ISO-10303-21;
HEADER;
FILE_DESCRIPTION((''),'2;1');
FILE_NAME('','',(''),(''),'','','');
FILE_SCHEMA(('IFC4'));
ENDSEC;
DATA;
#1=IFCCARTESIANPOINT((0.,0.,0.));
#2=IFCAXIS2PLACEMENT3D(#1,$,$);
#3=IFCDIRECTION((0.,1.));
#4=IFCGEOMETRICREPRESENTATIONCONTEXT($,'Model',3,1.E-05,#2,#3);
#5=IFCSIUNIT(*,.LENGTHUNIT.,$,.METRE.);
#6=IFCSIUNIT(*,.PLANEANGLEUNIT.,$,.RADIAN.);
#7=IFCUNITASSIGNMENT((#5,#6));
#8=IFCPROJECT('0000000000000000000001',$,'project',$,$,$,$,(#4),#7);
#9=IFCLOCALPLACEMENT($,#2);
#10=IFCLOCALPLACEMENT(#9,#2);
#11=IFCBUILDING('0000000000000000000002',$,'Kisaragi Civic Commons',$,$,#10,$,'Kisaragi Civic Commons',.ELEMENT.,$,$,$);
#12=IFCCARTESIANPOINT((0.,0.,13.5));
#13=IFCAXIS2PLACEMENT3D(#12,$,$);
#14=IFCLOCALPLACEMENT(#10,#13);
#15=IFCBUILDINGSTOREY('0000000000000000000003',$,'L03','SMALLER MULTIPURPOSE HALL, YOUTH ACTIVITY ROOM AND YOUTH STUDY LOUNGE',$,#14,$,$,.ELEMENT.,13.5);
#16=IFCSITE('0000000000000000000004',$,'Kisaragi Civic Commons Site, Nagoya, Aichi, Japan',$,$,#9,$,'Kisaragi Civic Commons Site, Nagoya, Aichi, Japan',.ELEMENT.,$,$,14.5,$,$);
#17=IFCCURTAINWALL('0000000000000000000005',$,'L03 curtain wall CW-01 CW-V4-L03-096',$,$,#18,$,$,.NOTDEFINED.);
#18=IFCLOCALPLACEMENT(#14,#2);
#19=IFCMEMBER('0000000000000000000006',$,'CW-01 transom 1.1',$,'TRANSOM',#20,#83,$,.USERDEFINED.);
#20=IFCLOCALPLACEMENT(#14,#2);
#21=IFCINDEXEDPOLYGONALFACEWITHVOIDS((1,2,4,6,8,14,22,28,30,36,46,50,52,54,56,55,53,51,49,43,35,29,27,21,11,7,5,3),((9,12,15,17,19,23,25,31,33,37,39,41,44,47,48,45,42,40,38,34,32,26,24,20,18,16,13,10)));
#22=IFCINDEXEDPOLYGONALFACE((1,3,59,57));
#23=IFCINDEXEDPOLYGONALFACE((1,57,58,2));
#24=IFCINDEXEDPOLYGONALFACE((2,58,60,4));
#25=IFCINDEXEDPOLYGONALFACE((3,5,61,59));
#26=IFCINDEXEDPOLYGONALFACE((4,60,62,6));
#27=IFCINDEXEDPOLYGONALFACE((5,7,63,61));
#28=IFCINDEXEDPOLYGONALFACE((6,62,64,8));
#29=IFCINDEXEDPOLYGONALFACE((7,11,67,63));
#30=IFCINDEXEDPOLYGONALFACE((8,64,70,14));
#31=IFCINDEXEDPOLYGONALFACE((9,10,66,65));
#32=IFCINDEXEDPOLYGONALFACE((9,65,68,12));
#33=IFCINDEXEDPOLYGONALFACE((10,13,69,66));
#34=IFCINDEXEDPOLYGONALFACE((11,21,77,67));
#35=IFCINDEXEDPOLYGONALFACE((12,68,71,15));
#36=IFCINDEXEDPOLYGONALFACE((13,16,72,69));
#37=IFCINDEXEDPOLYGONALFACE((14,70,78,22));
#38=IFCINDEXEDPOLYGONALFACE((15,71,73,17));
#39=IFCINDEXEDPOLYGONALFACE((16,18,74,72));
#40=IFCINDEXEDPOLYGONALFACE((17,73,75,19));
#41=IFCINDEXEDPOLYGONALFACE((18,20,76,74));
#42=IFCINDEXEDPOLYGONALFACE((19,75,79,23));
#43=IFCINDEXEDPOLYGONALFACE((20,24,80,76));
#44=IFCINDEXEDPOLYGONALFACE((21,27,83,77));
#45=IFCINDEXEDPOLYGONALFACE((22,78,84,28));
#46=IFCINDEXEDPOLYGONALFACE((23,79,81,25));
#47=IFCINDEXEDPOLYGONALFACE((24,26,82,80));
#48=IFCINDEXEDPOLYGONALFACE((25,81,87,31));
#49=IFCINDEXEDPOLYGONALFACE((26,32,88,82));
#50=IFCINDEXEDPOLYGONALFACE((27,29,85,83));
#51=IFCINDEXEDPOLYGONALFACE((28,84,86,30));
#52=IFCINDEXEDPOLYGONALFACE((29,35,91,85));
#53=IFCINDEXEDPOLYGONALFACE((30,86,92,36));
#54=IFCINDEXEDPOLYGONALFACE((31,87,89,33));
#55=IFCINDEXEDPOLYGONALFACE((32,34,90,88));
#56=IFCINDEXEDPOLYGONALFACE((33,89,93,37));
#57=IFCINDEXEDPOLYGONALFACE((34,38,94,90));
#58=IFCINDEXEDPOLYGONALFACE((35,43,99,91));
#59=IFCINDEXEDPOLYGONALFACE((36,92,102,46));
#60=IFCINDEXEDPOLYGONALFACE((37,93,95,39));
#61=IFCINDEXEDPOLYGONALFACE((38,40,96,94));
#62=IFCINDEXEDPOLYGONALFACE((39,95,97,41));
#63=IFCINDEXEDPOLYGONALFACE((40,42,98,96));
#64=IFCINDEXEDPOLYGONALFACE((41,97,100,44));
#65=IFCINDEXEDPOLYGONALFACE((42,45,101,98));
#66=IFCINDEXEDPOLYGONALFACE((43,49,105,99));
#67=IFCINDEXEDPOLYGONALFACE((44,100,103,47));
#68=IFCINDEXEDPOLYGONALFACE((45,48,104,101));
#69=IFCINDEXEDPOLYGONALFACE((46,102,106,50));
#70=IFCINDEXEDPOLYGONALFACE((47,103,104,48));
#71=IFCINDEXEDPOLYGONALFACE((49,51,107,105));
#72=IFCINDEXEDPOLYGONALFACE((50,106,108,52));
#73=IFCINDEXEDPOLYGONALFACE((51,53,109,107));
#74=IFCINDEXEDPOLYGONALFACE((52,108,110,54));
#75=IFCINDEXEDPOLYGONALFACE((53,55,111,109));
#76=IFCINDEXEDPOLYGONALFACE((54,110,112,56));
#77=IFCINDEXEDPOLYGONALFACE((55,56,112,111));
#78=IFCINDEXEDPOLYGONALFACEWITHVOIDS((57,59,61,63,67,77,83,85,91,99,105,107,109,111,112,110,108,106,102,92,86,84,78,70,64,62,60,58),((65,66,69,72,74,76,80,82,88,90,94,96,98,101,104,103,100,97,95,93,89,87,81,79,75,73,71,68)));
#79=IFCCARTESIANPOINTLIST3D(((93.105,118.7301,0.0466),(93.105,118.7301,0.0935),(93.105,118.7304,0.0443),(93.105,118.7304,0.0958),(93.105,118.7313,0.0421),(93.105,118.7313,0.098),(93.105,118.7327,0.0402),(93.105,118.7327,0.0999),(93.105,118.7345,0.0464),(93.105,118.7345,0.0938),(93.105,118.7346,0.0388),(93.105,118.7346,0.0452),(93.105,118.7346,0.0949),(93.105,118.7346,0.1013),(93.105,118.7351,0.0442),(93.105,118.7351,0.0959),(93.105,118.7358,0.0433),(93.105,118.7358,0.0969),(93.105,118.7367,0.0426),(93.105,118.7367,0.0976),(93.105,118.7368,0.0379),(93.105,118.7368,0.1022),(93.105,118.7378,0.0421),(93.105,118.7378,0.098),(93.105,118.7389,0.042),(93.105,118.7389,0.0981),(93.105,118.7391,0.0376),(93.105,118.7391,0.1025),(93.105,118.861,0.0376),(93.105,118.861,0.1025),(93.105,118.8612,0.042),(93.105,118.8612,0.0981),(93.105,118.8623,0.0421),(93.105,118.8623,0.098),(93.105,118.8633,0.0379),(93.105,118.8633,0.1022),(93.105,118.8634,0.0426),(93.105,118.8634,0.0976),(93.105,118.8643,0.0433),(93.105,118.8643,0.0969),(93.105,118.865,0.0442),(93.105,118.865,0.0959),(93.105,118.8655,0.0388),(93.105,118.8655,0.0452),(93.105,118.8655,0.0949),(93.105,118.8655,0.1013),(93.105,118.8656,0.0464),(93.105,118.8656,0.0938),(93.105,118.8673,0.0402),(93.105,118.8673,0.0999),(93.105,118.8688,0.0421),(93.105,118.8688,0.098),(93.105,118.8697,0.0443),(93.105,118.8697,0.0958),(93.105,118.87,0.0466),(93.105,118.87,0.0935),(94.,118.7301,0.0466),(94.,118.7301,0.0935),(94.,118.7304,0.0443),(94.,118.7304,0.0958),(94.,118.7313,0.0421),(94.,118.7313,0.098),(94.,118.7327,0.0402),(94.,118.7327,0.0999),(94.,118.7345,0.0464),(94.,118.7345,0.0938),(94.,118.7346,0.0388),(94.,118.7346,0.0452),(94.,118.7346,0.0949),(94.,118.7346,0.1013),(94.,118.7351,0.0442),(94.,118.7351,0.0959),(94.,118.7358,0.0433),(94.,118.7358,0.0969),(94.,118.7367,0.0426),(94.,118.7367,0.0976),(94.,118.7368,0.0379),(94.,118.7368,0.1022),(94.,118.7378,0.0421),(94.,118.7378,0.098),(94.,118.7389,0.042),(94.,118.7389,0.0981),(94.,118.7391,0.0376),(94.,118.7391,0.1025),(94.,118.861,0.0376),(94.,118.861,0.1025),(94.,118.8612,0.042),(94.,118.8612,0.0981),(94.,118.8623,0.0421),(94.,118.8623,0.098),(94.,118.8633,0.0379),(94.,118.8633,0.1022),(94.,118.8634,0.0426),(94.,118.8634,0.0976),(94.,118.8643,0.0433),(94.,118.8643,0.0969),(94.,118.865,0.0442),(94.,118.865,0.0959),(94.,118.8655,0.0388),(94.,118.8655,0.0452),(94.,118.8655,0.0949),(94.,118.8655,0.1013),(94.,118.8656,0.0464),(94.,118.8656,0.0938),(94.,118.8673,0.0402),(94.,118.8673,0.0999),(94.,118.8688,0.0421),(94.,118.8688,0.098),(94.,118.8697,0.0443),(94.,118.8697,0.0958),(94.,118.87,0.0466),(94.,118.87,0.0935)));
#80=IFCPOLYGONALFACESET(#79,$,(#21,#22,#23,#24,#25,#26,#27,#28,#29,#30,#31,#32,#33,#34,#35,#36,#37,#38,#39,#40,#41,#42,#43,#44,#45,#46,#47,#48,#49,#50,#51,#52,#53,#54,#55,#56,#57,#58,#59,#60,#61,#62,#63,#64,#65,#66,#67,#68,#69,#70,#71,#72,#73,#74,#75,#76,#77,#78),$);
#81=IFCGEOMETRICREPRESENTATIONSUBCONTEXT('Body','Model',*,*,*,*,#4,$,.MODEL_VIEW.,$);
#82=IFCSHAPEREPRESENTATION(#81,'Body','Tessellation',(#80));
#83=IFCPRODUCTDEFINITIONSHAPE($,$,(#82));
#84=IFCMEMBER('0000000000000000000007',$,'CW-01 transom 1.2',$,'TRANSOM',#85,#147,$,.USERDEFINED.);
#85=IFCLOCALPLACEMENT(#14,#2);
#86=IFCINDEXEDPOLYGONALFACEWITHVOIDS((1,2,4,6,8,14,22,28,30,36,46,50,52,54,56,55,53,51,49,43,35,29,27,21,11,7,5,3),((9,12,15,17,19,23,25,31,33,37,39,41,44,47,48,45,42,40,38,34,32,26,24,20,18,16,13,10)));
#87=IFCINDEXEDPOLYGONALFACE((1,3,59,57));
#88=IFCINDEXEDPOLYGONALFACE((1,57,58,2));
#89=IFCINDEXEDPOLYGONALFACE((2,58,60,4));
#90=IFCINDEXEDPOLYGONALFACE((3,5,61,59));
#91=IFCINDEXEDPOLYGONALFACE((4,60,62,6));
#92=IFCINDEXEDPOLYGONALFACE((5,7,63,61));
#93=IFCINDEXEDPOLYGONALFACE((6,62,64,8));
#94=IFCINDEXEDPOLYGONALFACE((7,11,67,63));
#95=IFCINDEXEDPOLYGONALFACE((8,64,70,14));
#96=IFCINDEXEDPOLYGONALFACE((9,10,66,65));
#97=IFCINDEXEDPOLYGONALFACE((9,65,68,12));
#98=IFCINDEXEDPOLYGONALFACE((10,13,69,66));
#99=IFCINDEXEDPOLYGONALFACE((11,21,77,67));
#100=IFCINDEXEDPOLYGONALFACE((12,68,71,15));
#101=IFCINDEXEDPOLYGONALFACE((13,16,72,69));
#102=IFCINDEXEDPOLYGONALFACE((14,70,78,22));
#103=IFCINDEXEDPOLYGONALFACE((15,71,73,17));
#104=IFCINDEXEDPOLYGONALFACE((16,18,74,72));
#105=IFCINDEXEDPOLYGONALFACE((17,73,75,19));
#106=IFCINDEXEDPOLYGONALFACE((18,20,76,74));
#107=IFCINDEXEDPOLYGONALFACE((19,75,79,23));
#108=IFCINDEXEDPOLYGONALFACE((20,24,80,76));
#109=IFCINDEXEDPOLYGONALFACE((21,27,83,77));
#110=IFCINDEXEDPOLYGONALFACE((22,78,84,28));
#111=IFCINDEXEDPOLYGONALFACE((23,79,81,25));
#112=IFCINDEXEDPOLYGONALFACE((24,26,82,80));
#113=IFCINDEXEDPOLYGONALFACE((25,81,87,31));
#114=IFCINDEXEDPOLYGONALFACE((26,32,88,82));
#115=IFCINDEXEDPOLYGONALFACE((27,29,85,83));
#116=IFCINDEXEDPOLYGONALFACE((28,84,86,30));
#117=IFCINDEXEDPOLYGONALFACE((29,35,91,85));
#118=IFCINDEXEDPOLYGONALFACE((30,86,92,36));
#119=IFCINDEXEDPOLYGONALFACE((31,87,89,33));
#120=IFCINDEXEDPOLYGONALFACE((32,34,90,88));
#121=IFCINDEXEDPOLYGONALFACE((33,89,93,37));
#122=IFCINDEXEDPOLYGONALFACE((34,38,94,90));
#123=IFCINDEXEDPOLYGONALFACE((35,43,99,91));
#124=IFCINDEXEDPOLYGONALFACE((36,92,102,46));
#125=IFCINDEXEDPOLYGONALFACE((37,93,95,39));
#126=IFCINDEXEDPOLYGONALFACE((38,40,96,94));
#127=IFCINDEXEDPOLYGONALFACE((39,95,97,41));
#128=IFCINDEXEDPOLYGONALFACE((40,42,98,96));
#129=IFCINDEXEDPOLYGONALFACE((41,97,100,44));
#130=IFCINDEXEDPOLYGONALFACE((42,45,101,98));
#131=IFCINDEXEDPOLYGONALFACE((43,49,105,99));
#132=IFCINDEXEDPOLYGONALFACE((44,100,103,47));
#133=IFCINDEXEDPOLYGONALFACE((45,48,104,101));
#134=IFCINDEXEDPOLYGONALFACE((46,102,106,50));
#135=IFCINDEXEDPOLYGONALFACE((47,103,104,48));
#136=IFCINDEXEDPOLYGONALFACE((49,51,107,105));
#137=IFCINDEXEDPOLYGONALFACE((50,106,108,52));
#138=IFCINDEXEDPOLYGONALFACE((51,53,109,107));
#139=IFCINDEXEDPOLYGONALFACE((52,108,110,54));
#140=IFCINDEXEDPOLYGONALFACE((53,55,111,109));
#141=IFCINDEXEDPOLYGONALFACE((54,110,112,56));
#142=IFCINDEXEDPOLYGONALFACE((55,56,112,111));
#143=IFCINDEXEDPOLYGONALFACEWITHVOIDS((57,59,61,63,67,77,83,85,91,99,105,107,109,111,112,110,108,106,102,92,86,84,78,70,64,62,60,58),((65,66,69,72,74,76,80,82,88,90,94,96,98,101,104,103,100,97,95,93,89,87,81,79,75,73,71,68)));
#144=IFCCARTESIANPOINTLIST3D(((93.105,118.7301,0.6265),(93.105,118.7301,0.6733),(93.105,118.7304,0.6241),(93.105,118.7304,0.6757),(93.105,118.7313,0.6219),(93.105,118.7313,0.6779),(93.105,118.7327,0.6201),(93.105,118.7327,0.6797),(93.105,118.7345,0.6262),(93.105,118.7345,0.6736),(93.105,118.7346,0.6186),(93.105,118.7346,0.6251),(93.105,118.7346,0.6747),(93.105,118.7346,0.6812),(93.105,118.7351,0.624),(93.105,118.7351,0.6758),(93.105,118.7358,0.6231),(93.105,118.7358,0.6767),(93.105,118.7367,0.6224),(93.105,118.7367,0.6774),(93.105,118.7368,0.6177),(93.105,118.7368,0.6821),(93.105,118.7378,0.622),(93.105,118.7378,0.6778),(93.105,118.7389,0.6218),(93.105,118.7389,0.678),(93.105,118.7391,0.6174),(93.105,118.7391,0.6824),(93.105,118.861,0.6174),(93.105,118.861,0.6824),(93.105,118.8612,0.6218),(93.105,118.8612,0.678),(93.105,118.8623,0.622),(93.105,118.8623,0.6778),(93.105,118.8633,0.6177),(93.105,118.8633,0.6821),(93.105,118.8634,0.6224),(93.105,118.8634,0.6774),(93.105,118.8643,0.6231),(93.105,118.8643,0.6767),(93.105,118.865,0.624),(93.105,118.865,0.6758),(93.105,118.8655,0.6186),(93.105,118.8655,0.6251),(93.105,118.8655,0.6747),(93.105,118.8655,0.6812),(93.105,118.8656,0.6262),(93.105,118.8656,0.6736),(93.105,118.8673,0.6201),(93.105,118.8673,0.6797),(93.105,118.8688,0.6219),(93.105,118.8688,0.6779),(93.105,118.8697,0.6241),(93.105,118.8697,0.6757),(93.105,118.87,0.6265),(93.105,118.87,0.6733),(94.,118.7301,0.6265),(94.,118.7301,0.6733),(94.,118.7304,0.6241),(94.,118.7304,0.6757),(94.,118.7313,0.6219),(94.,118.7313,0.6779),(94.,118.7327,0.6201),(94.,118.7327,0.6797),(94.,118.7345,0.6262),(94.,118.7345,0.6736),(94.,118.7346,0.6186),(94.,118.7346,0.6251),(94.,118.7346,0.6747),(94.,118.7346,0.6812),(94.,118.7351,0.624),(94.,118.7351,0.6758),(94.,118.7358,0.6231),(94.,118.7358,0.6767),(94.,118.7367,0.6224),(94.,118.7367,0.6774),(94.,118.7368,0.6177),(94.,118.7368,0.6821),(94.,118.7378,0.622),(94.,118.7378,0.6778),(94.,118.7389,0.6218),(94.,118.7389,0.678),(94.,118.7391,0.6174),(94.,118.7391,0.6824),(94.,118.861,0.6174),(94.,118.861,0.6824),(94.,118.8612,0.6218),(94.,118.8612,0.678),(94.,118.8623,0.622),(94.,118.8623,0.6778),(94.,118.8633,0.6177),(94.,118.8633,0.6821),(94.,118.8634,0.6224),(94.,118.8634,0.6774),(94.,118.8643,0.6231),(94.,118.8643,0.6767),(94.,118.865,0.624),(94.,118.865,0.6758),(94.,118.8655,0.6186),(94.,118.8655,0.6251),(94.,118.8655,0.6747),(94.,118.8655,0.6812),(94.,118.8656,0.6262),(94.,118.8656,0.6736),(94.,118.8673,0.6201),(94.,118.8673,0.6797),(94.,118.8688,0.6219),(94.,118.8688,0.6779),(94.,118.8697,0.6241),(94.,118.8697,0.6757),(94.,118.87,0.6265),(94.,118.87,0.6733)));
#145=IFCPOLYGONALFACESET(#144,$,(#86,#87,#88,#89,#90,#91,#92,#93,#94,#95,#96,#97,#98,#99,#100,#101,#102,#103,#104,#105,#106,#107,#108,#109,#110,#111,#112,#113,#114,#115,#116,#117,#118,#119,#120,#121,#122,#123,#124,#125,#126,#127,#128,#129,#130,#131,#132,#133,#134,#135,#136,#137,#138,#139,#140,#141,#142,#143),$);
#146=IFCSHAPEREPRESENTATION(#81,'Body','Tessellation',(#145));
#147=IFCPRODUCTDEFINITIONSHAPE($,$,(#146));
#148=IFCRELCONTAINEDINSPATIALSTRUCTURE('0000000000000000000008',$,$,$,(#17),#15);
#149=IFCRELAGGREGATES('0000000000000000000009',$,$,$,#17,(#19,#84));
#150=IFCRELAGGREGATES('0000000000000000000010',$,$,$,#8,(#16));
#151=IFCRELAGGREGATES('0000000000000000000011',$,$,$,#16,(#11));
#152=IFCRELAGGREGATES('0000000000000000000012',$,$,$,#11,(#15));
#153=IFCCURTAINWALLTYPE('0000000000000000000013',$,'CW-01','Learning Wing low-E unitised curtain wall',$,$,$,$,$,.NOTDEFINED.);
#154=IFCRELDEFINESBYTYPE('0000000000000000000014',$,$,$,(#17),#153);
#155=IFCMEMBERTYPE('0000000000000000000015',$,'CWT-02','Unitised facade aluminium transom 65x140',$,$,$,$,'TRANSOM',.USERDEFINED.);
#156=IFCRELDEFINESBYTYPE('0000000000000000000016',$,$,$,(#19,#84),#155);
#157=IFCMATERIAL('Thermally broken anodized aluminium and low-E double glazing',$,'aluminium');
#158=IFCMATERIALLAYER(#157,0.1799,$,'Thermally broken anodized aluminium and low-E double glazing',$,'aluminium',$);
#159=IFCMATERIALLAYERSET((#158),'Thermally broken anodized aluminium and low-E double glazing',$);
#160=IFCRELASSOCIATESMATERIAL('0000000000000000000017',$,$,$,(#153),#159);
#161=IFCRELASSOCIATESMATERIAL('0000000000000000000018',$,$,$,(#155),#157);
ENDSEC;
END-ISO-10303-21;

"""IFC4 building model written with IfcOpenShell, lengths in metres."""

from ifc_helpers import new_model, si_unit, direction, frame, origin, origin_2d, place, context, subcontext, project, spatial, hollow_rectangle, extrude, material, layer, layer_set, material_profile, profile_set, type_object, element, aggregate, save


model = new_model("IFC4")

# Units and contexts
model_context = context("Model", 3, precision=1e-05, world=origin(), true_north=direction((0.0, 1.0)))
body_context = subcontext(model_context, "Body", "Model", "MODEL_VIEW")
ifc_project = project(units=[si_unit("LENGTHUNIT", "METRE"), si_unit("PLANEANGLEUNIT", "RADIAN")], contexts=[model_context])

# Site, building, storey
site_placement = place(None, origin())
site = spatial("IfcSite", under=ifc_project, at=site_placement, Name="Kisaragi Civic Commons Site, Nagoya, Aichi, Japan", LongName="Kisaragi Civic Commons Site, Nagoya, Aichi, Japan", CompositionType="ELEMENT", RefElevation=14.5)
building_placement = place(site_placement, origin())
building = spatial("IfcBuilding", under=site, at=building_placement, Name="Kisaragi Civic Commons", LongName="Kisaragi Civic Commons", CompositionType="ELEMENT")
storey_placement = place(building_placement, frame((0.0, 0.0, 13.5)))
storey = spatial("IfcBuildingStorey", under=building, at=storey_placement, Name="L03", Description="SMALLER MULTIPURPOSE HALL, YOUTH ACTIVITY ROOM AND YOUTH STUDY LOUNGE", CompositionType="ELEMENT", Elevation=13.5)

# Shared definitions
ifc_material_1 = material(Name="Thermally broken anodized aluminium and low-E double glazing", Category="aluminium")
ifc_layer_1 = layer(ifc_material_1, 0.1799, Name="Thermally broken anodized aluminium and low-E double glazing", Category="aluminium")
ifc_layer_set_1 = layer_set([ifc_layer_1], Name="Thermally broken anodized aluminium and low-E double glazing")
curtain_wall_type = type_object("IfcCurtainWallType", Name="CW-01", Description="Learning Wing low-E unitised curtain wall", PredefinedType="NOTDEFINED", material=ifc_layer_set_1)

# Curtain wall
curtain_wall_1_placement = place(storey_placement, origin())
curtain_wall_1 = element("IfcCurtainWall", 1, at=curtain_wall_1_placement, inside=storey, type_object=curtain_wall_type, Name="L03 curtain wall CW-01 CW-V4-L03-096", PredefinedType="NOTDEFINED")

# Members
ifc_material_profile_1 = material_profile(ifc_material_1, hollow_rectangle(XDim=0.1399, YDim=0.0649, WallThickness=0.0044, InnerFilletRadius=0.0044, OuterFilletRadius=0.009, at=origin_2d()), Name="CWT-65x140x4.5", Category="aluminium")
ifc_profile_set_1 = profile_set([ifc_material_profile_1], Name="Thermally broken anodized aluminium and low-E double glazing")
member_type_1 = type_object("IfcMemberType", Name="CWT-02", Description="Unitised facade aluminium transom 65x140", ElementType="TRANSOM", PredefinedType="USERDEFINED", material=ifc_profile_set_1)
member_1_placement = place(storey_placement, frame((93.105, 118.8, 0.0701), z_axis=(1.0, 0.0, 0.0), x_axis=(0.0, 1.0, 0.0)))
member_1 = element("IfcMember", 2, at=member_1_placement, type_object=member_type_1, Name="CW-01 transom 1.1", ObjectType="TRANSOM", PredefinedType="USERDEFINED", context=body_context, shape_type="SweptSolid", body=[
    extrude(hollow_rectangle(XDim=0.1399, YDim=0.0649, WallThickness=0.0044, InnerFilletRadius=0.0044, OuterFilletRadius=0.009, at=origin_2d()), origin(), (0.0, 0.0, 1.0), 0.895),
])
member_2_placement = place(storey_placement, frame((93.105, 118.8, 0.6499), z_axis=(1.0, 0.0, 0.0), x_axis=(0.0, 1.0, 0.0)))
member_2 = element("IfcMember", 3, at=member_2_placement, type_object=member_type_1, Name="CW-01 transom 1.2", ObjectType="TRANSOM", PredefinedType="USERDEFINED", context=body_context, shape_type="SweptSolid", body=[
    extrude(hollow_rectangle(XDim=0.1399, YDim=0.0649, WallThickness=0.0044, InnerFilletRadius=0.0044, OuterFilletRadius=0.009, at=origin_2d()), origin(), (0.0, 0.0, 1.0), 0.895),
])
aggregate(curtain_wall_1, [member_1, member_2])

save(model, "model.ifc")
